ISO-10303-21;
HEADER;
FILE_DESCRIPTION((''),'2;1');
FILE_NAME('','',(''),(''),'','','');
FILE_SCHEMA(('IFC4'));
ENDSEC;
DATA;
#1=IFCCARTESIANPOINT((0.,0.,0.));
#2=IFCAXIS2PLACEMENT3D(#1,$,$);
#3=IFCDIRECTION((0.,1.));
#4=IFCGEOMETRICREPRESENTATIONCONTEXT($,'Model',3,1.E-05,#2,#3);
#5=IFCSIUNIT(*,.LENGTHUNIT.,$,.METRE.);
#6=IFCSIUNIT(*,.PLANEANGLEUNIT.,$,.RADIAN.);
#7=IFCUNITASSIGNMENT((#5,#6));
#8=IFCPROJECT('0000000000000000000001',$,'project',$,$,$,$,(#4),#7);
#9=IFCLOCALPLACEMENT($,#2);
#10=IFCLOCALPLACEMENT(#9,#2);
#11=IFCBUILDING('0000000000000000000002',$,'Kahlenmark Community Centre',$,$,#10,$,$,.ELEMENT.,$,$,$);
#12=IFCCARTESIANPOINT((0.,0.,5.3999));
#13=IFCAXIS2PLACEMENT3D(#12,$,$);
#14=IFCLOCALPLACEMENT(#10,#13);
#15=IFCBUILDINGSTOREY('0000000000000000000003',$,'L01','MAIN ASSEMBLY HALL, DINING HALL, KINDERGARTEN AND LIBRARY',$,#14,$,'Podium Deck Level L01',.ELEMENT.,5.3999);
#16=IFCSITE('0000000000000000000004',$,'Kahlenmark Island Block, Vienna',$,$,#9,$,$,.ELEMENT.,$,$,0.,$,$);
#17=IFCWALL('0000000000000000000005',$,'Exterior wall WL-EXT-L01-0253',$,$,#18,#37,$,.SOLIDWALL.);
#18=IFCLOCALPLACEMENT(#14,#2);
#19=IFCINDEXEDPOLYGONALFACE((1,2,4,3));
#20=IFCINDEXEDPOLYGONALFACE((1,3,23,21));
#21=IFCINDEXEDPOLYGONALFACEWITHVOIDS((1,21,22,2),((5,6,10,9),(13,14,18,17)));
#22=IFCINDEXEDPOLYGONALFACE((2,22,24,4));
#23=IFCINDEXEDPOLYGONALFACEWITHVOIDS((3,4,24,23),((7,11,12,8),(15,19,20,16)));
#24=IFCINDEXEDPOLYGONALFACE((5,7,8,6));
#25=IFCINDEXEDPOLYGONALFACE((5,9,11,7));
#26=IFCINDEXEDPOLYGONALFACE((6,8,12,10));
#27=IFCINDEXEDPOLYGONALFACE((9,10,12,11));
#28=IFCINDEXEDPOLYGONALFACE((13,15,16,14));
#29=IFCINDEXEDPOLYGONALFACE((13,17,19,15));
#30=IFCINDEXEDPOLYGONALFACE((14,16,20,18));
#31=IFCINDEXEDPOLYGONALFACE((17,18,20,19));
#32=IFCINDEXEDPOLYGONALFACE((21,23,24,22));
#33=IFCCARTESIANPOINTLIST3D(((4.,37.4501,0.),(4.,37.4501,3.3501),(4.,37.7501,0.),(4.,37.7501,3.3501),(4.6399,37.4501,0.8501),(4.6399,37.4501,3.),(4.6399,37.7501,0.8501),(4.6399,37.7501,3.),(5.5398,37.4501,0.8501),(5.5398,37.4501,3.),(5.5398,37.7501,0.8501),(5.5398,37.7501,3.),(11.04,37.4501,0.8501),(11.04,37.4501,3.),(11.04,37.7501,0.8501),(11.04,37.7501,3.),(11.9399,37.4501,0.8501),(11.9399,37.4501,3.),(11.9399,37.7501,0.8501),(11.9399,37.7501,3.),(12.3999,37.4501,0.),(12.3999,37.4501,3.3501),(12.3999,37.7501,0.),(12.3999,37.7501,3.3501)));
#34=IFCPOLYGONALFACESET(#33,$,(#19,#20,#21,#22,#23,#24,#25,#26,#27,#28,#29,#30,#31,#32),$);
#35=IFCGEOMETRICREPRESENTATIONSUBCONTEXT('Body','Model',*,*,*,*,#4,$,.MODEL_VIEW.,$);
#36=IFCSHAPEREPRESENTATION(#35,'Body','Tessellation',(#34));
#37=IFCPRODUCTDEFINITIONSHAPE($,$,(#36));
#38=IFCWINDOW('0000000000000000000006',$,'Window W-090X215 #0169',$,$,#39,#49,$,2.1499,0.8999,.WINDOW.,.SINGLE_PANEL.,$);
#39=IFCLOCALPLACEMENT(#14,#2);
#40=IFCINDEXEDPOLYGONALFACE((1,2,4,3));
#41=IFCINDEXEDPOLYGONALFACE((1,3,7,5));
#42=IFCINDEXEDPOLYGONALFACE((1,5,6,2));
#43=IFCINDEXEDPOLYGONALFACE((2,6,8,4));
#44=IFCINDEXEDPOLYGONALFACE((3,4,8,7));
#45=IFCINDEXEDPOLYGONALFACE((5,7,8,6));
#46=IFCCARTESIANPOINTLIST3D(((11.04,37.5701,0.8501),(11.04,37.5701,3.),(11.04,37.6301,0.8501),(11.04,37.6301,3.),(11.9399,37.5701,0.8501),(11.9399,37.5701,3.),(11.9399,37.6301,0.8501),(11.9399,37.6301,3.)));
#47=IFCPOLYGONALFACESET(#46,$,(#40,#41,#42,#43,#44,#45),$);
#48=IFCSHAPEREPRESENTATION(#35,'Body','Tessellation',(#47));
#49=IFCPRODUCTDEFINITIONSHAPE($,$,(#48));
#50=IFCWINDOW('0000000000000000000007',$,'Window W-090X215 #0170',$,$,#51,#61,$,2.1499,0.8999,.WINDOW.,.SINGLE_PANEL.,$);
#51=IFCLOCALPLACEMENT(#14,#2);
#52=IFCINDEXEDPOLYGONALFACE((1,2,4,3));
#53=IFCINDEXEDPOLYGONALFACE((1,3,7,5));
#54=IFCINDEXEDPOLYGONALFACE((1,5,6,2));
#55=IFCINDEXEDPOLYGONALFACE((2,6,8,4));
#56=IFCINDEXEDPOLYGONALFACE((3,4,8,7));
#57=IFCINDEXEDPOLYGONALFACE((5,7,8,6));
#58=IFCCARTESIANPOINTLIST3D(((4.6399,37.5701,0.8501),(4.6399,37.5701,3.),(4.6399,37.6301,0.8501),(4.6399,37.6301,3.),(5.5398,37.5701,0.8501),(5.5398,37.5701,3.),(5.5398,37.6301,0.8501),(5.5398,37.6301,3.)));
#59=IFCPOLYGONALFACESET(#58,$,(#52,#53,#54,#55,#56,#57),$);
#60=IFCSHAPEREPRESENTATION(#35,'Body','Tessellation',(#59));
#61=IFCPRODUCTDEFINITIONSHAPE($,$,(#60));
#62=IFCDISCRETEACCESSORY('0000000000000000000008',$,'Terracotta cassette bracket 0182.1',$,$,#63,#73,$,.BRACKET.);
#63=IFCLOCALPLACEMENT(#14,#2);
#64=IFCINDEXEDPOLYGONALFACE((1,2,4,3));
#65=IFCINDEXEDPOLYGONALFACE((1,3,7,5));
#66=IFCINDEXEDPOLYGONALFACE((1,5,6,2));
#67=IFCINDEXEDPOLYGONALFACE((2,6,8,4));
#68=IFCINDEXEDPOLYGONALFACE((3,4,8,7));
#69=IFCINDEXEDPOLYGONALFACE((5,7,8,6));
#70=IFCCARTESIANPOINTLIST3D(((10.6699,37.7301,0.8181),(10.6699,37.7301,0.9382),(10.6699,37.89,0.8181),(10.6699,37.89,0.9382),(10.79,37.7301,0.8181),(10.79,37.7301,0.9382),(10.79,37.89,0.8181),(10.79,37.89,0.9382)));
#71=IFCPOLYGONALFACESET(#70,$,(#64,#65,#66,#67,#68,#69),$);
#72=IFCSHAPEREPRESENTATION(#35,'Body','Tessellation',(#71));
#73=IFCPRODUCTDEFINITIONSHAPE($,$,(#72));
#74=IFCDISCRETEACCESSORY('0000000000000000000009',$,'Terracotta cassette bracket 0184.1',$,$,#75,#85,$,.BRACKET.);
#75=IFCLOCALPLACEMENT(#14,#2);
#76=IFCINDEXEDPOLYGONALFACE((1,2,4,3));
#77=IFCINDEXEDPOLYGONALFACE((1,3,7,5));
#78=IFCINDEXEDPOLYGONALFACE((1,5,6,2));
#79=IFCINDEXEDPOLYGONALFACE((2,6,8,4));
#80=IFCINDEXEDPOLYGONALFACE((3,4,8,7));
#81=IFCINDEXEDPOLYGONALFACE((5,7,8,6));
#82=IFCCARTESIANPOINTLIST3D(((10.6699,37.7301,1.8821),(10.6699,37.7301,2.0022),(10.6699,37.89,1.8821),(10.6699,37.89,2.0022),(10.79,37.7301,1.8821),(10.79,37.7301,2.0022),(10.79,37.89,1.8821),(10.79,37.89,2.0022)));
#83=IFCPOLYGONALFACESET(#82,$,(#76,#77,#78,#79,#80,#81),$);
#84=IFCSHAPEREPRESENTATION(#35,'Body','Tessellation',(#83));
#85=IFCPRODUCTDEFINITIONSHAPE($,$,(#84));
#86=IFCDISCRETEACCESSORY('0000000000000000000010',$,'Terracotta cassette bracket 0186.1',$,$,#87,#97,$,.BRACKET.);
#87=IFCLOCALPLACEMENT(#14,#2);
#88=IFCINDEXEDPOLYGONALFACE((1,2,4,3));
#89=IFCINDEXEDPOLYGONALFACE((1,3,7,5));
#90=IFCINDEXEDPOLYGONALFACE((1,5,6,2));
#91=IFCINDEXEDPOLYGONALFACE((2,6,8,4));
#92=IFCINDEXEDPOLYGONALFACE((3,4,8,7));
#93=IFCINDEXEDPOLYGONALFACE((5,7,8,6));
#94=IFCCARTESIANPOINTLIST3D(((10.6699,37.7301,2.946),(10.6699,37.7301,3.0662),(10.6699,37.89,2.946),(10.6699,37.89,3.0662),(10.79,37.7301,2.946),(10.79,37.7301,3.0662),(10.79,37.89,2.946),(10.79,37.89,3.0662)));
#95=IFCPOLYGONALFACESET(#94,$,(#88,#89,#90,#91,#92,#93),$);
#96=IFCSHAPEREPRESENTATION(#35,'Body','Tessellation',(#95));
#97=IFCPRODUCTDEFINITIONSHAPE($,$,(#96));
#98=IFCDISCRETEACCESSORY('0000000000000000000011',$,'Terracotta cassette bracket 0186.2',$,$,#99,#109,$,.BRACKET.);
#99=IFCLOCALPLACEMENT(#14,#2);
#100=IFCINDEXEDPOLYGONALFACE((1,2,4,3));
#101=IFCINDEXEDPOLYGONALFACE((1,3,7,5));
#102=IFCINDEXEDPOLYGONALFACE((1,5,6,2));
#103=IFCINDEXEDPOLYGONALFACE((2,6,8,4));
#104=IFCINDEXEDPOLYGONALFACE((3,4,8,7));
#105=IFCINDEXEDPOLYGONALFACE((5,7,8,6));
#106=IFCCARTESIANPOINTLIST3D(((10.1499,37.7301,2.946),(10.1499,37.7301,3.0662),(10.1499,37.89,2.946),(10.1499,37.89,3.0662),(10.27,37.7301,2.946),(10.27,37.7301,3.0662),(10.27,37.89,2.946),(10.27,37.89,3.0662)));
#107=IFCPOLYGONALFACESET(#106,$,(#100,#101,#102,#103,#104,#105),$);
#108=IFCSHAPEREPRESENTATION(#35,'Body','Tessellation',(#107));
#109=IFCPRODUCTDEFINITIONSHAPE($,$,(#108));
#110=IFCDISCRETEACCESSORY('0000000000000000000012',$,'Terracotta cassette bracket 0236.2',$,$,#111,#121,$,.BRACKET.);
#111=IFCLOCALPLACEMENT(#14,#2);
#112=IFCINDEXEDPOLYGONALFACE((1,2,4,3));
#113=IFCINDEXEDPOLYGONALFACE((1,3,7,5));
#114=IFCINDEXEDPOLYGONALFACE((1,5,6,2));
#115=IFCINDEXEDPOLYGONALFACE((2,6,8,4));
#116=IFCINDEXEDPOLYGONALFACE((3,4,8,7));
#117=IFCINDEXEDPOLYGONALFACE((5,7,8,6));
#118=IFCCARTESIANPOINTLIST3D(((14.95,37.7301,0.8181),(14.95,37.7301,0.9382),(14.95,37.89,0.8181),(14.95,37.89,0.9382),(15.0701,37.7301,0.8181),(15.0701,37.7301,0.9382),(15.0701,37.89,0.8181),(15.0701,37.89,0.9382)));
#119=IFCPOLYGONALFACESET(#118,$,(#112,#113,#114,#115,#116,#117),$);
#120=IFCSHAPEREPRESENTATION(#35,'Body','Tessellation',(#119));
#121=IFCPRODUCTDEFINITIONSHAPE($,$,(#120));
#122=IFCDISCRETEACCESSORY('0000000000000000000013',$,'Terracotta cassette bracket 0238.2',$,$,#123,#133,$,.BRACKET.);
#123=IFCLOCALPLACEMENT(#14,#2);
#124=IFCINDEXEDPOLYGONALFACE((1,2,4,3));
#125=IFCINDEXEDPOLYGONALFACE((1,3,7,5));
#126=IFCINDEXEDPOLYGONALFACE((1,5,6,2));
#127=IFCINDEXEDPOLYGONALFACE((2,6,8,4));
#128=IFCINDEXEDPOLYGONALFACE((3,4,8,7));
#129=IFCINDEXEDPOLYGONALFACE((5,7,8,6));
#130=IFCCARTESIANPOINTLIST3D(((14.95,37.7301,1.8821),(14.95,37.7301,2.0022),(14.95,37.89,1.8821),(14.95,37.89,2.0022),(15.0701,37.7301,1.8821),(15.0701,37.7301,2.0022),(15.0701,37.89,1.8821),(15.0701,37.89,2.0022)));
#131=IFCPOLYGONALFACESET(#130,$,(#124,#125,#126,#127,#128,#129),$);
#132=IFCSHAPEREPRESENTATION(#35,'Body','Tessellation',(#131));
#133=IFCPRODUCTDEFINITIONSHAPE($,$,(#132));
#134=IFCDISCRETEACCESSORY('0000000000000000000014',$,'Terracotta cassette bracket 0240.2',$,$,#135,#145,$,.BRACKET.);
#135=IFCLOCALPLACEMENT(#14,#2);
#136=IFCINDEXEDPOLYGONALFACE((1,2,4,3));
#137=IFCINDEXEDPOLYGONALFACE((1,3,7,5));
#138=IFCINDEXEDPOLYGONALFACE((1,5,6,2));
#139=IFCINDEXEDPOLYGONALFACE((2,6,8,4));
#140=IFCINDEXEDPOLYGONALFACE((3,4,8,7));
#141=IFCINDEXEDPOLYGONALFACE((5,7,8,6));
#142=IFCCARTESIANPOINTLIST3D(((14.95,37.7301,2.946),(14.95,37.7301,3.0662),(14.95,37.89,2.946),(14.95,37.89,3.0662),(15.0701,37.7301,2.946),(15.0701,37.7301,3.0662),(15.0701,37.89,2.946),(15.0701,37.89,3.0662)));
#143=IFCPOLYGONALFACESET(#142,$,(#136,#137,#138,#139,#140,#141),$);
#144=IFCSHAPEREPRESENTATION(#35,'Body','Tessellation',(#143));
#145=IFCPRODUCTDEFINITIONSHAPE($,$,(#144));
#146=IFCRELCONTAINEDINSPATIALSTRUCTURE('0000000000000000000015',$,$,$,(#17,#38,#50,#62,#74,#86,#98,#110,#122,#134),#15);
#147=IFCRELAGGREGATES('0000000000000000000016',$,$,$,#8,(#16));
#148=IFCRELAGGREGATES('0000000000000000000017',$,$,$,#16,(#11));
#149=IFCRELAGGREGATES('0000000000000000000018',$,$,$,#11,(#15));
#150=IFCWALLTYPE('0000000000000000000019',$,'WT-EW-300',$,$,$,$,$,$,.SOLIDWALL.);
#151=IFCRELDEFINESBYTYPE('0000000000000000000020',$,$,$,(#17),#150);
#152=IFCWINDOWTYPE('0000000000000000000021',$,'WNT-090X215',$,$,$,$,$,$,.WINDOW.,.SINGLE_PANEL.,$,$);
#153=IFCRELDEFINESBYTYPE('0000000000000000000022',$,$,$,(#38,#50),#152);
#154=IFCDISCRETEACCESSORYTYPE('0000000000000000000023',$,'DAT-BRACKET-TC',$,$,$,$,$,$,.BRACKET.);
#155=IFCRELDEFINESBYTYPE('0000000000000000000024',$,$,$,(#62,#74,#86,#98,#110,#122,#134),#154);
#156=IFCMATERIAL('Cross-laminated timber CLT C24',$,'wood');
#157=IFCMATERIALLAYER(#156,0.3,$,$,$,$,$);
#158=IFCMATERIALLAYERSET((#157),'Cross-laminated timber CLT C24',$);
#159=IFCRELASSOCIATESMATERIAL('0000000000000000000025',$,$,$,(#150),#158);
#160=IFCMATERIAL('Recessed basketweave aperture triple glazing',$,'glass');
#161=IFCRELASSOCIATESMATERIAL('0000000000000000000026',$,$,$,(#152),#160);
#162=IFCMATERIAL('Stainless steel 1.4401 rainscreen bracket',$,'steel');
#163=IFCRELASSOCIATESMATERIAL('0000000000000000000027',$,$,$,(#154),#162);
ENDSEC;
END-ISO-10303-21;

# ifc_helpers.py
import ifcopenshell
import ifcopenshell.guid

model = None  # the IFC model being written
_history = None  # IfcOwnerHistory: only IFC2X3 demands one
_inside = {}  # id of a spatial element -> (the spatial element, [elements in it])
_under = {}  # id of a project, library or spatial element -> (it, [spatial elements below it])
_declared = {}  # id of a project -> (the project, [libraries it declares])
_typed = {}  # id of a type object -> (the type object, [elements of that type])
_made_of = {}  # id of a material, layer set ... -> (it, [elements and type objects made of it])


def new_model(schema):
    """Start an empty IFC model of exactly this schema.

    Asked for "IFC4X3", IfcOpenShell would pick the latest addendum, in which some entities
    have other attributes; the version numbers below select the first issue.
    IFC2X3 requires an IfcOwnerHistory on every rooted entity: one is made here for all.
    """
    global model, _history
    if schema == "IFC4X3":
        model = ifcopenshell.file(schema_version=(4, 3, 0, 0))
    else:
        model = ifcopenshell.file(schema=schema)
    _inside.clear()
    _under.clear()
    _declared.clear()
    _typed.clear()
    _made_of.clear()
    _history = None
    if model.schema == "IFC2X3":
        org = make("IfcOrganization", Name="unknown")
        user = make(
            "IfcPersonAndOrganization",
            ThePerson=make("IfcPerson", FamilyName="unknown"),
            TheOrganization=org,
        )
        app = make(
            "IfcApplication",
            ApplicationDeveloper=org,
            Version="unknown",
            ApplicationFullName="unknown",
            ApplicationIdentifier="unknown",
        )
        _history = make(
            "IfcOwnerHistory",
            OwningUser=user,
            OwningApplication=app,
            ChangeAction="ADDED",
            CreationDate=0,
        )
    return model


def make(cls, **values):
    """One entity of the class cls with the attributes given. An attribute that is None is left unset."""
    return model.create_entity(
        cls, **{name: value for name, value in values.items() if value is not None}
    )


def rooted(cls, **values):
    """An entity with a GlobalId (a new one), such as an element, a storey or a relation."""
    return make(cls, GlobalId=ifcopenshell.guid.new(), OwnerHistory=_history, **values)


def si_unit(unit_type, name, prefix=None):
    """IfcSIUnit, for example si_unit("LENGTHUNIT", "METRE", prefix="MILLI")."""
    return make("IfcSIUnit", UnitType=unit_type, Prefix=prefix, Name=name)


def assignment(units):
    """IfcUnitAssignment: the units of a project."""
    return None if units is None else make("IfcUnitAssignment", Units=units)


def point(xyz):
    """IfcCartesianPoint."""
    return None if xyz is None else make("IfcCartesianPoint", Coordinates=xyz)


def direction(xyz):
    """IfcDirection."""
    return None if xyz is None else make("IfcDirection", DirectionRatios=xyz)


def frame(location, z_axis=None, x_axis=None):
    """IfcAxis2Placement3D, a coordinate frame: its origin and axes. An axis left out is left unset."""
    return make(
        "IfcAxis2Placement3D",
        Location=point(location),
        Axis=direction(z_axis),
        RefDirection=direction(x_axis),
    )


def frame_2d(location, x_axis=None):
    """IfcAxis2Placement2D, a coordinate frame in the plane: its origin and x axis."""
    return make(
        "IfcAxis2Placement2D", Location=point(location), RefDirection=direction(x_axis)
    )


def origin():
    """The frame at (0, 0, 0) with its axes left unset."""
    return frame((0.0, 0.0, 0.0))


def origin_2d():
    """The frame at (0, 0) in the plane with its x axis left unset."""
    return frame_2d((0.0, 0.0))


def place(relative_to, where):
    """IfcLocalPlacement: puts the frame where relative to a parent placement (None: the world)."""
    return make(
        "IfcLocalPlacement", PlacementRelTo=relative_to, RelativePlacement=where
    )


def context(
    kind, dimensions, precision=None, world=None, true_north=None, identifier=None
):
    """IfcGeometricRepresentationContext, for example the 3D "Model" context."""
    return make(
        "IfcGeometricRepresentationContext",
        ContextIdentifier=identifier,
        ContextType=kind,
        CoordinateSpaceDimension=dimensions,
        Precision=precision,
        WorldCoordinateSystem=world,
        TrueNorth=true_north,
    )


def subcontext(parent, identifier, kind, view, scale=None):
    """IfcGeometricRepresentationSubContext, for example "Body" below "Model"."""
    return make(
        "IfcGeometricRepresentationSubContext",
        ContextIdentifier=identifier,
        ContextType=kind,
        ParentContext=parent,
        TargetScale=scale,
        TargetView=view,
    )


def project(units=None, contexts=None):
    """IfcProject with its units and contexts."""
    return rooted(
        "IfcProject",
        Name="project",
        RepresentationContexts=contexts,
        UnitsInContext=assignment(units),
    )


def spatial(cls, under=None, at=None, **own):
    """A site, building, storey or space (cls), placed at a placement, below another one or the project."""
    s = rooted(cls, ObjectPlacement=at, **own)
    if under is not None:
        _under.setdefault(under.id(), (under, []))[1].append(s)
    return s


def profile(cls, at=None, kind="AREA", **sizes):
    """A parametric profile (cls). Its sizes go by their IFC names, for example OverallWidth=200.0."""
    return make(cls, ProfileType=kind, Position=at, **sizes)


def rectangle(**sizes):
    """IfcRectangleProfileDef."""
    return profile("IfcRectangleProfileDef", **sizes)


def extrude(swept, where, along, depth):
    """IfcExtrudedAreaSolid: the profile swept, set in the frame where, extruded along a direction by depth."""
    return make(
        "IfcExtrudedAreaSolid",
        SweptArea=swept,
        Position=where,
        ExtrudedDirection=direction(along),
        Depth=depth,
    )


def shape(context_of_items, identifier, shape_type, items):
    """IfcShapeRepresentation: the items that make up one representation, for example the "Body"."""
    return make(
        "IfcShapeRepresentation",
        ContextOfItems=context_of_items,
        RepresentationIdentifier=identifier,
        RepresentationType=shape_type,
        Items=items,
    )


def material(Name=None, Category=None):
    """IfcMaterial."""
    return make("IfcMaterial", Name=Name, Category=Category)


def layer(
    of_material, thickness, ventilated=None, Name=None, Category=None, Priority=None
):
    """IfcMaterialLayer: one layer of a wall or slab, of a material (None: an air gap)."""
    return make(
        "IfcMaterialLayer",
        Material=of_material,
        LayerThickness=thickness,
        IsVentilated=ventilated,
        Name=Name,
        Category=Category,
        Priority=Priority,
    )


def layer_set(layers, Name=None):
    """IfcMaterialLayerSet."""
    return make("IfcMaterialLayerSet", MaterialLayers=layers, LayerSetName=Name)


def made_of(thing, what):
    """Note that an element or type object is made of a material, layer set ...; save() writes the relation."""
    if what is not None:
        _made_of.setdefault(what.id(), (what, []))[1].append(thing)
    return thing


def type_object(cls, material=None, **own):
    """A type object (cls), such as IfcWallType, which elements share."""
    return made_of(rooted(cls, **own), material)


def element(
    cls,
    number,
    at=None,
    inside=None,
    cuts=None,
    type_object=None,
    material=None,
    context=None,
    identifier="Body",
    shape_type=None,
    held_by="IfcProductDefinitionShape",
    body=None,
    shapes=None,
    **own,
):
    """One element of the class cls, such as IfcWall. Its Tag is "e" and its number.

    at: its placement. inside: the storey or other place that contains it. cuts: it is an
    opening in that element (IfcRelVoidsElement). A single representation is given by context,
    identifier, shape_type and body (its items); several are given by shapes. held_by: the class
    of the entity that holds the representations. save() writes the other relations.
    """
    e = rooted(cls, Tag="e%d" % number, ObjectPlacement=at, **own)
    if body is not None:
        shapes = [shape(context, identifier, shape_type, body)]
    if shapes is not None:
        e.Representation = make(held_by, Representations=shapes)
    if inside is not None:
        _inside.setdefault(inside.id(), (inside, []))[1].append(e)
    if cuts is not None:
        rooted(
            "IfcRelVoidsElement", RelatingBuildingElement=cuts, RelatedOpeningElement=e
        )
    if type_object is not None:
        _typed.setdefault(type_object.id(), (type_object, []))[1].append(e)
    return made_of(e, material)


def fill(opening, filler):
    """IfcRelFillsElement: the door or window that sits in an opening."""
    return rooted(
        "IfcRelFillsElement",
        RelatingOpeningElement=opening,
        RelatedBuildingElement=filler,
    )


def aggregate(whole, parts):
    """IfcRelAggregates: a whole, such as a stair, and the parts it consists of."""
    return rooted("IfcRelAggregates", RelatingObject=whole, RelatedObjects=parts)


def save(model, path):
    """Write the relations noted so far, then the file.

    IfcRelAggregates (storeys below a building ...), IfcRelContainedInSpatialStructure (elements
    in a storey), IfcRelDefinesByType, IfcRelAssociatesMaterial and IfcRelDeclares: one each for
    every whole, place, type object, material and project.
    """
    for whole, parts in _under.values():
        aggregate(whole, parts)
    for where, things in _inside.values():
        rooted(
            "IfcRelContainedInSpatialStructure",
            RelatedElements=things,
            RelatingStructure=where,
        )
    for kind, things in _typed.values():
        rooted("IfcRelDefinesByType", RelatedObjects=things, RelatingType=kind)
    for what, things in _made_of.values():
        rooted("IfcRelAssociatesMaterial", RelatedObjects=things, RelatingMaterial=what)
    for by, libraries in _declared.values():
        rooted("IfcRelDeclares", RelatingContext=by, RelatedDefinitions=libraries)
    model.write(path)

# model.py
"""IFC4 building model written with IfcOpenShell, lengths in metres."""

from ifc_helpers import new_model, si_unit, direction, frame, frame_2d, origin, origin_2d, place, context, subcontext, project, spatial, rectangle, extrude, material, layer, layer_set, type_object, element, fill, save


model = new_model("IFC4")

# Units and contexts
model_context = context("Model", 3, precision=1e-05, world=origin(), true_north=direction((0.0, 1.0)))
body_context = subcontext(model_context, "Body", "Model", "MODEL_VIEW")
ifc_project = project(units=[si_unit("LENGTHUNIT", "METRE"), si_unit("PLANEANGLEUNIT", "RADIAN")], contexts=[model_context])

# Site, building, storey
site_placement = place(None, origin())
site = spatial("IfcSite", under=ifc_project, at=site_placement, Name="Kahlenmark Island Block, Vienna", CompositionType="ELEMENT", RefElevation=0.0)
building_placement = place(site_placement, origin())
building = spatial("IfcBuilding", under=site, at=building_placement, Name="Kahlenmark Community Centre", CompositionType="ELEMENT")
storey_placement = place(building_placement, frame((0.0, 0.0, 5.3999)))
storey = spatial("IfcBuildingStorey", under=building, at=storey_placement, Name="L01", Description="MAIN ASSEMBLY HALL, DINING HALL, KINDERGARTEN AND LIBRARY", LongName="Podium Deck Level L01", CompositionType="ELEMENT", Elevation=5.3999)

# Wall, openings, windows
ifc_material_1 = material(Name="Cross-laminated timber CLT C24", Category="wood")
ifc_layer_1 = layer(ifc_material_1, 0.3)
ifc_layer_set_1 = layer_set([ifc_layer_1], Name="Cross-laminated timber CLT C24")
wall_type = type_object("IfcWallType", Name="WT-EW-300", PredefinedType="SOLIDWALL", material=ifc_layer_set_1)
wall_placement = place(storey_placement, frame((12.3999, 37.6001, 0.0), z_axis=(0.0, 0.0, 1.0), x_axis=(-1.0, 0.0, 0.0)))
wall = element("IfcWall", 1, at=wall_placement, inside=storey, type_object=wall_type, Name="Exterior wall WL-EXT-L01-0253", PredefinedType="SOLIDWALL", context=body_context, shape_type="SweptSolid", body=[
    extrude(rectangle(XDim=8.3999, YDim=0.3, at=frame_2d((4.2, 0.0))), origin(), (0.0, 0.0, 1.0), 3.3501),
])
opening_1_placement = place(wall_placement, frame((0.46, 0.0, 0.8501)))
opening_1 = element("IfcOpeningElement", 2, at=opening_1_placement, cuts=wall, PredefinedType="OPENING", context=body_context, shape_type="SweptSolid", body=[
    extrude(rectangle(XDim=0.8999, YDim=2.1499, at=frame_2d((0.45, 1.075))), frame((0.0, 0.1599, 0.0), z_axis=(0.0, -1.0, 0.0), x_axis=(1.0, 0.0, 0.0)), (0.0, 0.0, 1.0), 0.3201),
])
opening_2_placement = place(wall_placement, frame((6.8601, 0.0, 0.8501)))
opening_2 = element("IfcOpeningElement", 3, at=opening_2_placement, cuts=wall, PredefinedType="OPENING", context=body_context, shape_type="SweptSolid", body=[
    extrude(rectangle(XDim=0.8999, YDim=2.1499, at=frame_2d((0.45, 1.075))), frame((0.0, 0.1599, 0.0), z_axis=(0.0, -1.0, 0.0), x_axis=(1.0, 0.0, 0.0)), (0.0, 0.0, 1.0), 0.3201),
])
ifc_material_2 = material(Name="Recessed basketweave aperture triple glazing", Category="glass")
window_type = type_object("IfcWindowType", Name="WNT-090X215", PartitioningType="SINGLE_PANEL", PredefinedType="WINDOW", material=ifc_material_2)
window_1_placement = place(opening_1_placement, origin())
window_1 = element("IfcWindow", 4, at=window_1_placement, inside=storey, type_object=window_type, Name="Window W-090X215 #0169", OverallHeight=2.1499, OverallWidth=0.8999, PartitioningType="SINGLE_PANEL", PredefinedType="WINDOW", context=body_context, shape_type="SweptSolid", body=[
    extrude(rectangle(XDim=0.8999, YDim=2.1499, at=frame_2d((0.45, 1.075))), frame((0.0, 0.03, 0.0), z_axis=(0.0, -1.0, 0.0), x_axis=(1.0, 0.0, 0.0)), (0.0, 0.0, 1.0), 0.0601),
])
fill(opening_1, window_1)
window_2_placement = place(opening_2_placement, origin())
window_2 = element("IfcWindow", 5, at=window_2_placement, inside=storey, type_object=window_type, Name="Window W-090X215 #0170", OverallHeight=2.1499, OverallWidth=0.8999, PartitioningType="SINGLE_PANEL", PredefinedType="WINDOW", context=body_context, shape_type="SweptSolid", body=[
    extrude(rectangle(XDim=0.8999, YDim=2.1499, at=frame_2d((0.45, 1.075))), frame((0.0, 0.03, 0.0), z_axis=(0.0, -1.0, 0.0), x_axis=(1.0, 0.0, 0.0)), (0.0, 0.0, 1.0), 0.0601),
])
fill(opening_2, window_2)

# Discrete accessories
ifc_material_3 = material(Name="Stainless steel 1.4401 rainscreen bracket", Category="steel")
discrete_accessory_type = type_object("IfcDiscreteAccessoryType", Name="DAT-BRACKET-TC", PredefinedType="BRACKET", material=ifc_material_3)
for number, where, z_axis, x_axis, name in (
    (6, (10.73, 37.8101, 0.8181), (0.0, 0.0, 1.0), (-1.0, 0.0, 0.0), "Terracotta cassette bracket 0182.1"),
    (7, (10.73, 37.8101, 1.8821), (0.0, 0.0, 1.0), (-1.0, 0.0, 0.0), "Terracotta cassette bracket 0184.1"),
    (8, (10.73, 37.8101, 2.946), (0.0, 0.0, 1.0), (-1.0, 0.0, 0.0), "Terracotta cassette bracket 0186.1"),
    (9, (10.21, 37.8101, 2.946), (0.0, 0.0, 1.0), (-1.0, 0.0, 0.0), "Terracotta cassette bracket 0186.2"),
    (10, (15.01, 37.8101, 0.8181), (0.0, 0.0, 1.0), (-1.0, 0.0, 0.0), "Terracotta cassette bracket 0236.2"),
    (11, (15.01, 37.8101, 1.8821), (0.0, 0.0, 1.0), (-1.0, 0.0, 0.0), "Terracotta cassette bracket 0238.2"),
    (12, (15.01, 37.8101, 2.946), (0.0, 0.0, 1.0), (-1.0, 0.0, 0.0), "Terracotta cassette bracket 0240.2"),
):
    element("IfcDiscreteAccessory", number, at=place(storey_placement, frame(where, z_axis=z_axis, x_axis=x_axis)), inside=storey, type_object=discrete_accessory_type, Name=name, PredefinedType="BRACKET", context=body_context, shape_type="SweptSolid", body=[
        extrude(rectangle(XDim=0.1201, YDim=0.1599, at=origin_2d()), origin(), (0.0, 0.0, 1.0), 0.1201),
    ])

save(model, "model.ifc")
